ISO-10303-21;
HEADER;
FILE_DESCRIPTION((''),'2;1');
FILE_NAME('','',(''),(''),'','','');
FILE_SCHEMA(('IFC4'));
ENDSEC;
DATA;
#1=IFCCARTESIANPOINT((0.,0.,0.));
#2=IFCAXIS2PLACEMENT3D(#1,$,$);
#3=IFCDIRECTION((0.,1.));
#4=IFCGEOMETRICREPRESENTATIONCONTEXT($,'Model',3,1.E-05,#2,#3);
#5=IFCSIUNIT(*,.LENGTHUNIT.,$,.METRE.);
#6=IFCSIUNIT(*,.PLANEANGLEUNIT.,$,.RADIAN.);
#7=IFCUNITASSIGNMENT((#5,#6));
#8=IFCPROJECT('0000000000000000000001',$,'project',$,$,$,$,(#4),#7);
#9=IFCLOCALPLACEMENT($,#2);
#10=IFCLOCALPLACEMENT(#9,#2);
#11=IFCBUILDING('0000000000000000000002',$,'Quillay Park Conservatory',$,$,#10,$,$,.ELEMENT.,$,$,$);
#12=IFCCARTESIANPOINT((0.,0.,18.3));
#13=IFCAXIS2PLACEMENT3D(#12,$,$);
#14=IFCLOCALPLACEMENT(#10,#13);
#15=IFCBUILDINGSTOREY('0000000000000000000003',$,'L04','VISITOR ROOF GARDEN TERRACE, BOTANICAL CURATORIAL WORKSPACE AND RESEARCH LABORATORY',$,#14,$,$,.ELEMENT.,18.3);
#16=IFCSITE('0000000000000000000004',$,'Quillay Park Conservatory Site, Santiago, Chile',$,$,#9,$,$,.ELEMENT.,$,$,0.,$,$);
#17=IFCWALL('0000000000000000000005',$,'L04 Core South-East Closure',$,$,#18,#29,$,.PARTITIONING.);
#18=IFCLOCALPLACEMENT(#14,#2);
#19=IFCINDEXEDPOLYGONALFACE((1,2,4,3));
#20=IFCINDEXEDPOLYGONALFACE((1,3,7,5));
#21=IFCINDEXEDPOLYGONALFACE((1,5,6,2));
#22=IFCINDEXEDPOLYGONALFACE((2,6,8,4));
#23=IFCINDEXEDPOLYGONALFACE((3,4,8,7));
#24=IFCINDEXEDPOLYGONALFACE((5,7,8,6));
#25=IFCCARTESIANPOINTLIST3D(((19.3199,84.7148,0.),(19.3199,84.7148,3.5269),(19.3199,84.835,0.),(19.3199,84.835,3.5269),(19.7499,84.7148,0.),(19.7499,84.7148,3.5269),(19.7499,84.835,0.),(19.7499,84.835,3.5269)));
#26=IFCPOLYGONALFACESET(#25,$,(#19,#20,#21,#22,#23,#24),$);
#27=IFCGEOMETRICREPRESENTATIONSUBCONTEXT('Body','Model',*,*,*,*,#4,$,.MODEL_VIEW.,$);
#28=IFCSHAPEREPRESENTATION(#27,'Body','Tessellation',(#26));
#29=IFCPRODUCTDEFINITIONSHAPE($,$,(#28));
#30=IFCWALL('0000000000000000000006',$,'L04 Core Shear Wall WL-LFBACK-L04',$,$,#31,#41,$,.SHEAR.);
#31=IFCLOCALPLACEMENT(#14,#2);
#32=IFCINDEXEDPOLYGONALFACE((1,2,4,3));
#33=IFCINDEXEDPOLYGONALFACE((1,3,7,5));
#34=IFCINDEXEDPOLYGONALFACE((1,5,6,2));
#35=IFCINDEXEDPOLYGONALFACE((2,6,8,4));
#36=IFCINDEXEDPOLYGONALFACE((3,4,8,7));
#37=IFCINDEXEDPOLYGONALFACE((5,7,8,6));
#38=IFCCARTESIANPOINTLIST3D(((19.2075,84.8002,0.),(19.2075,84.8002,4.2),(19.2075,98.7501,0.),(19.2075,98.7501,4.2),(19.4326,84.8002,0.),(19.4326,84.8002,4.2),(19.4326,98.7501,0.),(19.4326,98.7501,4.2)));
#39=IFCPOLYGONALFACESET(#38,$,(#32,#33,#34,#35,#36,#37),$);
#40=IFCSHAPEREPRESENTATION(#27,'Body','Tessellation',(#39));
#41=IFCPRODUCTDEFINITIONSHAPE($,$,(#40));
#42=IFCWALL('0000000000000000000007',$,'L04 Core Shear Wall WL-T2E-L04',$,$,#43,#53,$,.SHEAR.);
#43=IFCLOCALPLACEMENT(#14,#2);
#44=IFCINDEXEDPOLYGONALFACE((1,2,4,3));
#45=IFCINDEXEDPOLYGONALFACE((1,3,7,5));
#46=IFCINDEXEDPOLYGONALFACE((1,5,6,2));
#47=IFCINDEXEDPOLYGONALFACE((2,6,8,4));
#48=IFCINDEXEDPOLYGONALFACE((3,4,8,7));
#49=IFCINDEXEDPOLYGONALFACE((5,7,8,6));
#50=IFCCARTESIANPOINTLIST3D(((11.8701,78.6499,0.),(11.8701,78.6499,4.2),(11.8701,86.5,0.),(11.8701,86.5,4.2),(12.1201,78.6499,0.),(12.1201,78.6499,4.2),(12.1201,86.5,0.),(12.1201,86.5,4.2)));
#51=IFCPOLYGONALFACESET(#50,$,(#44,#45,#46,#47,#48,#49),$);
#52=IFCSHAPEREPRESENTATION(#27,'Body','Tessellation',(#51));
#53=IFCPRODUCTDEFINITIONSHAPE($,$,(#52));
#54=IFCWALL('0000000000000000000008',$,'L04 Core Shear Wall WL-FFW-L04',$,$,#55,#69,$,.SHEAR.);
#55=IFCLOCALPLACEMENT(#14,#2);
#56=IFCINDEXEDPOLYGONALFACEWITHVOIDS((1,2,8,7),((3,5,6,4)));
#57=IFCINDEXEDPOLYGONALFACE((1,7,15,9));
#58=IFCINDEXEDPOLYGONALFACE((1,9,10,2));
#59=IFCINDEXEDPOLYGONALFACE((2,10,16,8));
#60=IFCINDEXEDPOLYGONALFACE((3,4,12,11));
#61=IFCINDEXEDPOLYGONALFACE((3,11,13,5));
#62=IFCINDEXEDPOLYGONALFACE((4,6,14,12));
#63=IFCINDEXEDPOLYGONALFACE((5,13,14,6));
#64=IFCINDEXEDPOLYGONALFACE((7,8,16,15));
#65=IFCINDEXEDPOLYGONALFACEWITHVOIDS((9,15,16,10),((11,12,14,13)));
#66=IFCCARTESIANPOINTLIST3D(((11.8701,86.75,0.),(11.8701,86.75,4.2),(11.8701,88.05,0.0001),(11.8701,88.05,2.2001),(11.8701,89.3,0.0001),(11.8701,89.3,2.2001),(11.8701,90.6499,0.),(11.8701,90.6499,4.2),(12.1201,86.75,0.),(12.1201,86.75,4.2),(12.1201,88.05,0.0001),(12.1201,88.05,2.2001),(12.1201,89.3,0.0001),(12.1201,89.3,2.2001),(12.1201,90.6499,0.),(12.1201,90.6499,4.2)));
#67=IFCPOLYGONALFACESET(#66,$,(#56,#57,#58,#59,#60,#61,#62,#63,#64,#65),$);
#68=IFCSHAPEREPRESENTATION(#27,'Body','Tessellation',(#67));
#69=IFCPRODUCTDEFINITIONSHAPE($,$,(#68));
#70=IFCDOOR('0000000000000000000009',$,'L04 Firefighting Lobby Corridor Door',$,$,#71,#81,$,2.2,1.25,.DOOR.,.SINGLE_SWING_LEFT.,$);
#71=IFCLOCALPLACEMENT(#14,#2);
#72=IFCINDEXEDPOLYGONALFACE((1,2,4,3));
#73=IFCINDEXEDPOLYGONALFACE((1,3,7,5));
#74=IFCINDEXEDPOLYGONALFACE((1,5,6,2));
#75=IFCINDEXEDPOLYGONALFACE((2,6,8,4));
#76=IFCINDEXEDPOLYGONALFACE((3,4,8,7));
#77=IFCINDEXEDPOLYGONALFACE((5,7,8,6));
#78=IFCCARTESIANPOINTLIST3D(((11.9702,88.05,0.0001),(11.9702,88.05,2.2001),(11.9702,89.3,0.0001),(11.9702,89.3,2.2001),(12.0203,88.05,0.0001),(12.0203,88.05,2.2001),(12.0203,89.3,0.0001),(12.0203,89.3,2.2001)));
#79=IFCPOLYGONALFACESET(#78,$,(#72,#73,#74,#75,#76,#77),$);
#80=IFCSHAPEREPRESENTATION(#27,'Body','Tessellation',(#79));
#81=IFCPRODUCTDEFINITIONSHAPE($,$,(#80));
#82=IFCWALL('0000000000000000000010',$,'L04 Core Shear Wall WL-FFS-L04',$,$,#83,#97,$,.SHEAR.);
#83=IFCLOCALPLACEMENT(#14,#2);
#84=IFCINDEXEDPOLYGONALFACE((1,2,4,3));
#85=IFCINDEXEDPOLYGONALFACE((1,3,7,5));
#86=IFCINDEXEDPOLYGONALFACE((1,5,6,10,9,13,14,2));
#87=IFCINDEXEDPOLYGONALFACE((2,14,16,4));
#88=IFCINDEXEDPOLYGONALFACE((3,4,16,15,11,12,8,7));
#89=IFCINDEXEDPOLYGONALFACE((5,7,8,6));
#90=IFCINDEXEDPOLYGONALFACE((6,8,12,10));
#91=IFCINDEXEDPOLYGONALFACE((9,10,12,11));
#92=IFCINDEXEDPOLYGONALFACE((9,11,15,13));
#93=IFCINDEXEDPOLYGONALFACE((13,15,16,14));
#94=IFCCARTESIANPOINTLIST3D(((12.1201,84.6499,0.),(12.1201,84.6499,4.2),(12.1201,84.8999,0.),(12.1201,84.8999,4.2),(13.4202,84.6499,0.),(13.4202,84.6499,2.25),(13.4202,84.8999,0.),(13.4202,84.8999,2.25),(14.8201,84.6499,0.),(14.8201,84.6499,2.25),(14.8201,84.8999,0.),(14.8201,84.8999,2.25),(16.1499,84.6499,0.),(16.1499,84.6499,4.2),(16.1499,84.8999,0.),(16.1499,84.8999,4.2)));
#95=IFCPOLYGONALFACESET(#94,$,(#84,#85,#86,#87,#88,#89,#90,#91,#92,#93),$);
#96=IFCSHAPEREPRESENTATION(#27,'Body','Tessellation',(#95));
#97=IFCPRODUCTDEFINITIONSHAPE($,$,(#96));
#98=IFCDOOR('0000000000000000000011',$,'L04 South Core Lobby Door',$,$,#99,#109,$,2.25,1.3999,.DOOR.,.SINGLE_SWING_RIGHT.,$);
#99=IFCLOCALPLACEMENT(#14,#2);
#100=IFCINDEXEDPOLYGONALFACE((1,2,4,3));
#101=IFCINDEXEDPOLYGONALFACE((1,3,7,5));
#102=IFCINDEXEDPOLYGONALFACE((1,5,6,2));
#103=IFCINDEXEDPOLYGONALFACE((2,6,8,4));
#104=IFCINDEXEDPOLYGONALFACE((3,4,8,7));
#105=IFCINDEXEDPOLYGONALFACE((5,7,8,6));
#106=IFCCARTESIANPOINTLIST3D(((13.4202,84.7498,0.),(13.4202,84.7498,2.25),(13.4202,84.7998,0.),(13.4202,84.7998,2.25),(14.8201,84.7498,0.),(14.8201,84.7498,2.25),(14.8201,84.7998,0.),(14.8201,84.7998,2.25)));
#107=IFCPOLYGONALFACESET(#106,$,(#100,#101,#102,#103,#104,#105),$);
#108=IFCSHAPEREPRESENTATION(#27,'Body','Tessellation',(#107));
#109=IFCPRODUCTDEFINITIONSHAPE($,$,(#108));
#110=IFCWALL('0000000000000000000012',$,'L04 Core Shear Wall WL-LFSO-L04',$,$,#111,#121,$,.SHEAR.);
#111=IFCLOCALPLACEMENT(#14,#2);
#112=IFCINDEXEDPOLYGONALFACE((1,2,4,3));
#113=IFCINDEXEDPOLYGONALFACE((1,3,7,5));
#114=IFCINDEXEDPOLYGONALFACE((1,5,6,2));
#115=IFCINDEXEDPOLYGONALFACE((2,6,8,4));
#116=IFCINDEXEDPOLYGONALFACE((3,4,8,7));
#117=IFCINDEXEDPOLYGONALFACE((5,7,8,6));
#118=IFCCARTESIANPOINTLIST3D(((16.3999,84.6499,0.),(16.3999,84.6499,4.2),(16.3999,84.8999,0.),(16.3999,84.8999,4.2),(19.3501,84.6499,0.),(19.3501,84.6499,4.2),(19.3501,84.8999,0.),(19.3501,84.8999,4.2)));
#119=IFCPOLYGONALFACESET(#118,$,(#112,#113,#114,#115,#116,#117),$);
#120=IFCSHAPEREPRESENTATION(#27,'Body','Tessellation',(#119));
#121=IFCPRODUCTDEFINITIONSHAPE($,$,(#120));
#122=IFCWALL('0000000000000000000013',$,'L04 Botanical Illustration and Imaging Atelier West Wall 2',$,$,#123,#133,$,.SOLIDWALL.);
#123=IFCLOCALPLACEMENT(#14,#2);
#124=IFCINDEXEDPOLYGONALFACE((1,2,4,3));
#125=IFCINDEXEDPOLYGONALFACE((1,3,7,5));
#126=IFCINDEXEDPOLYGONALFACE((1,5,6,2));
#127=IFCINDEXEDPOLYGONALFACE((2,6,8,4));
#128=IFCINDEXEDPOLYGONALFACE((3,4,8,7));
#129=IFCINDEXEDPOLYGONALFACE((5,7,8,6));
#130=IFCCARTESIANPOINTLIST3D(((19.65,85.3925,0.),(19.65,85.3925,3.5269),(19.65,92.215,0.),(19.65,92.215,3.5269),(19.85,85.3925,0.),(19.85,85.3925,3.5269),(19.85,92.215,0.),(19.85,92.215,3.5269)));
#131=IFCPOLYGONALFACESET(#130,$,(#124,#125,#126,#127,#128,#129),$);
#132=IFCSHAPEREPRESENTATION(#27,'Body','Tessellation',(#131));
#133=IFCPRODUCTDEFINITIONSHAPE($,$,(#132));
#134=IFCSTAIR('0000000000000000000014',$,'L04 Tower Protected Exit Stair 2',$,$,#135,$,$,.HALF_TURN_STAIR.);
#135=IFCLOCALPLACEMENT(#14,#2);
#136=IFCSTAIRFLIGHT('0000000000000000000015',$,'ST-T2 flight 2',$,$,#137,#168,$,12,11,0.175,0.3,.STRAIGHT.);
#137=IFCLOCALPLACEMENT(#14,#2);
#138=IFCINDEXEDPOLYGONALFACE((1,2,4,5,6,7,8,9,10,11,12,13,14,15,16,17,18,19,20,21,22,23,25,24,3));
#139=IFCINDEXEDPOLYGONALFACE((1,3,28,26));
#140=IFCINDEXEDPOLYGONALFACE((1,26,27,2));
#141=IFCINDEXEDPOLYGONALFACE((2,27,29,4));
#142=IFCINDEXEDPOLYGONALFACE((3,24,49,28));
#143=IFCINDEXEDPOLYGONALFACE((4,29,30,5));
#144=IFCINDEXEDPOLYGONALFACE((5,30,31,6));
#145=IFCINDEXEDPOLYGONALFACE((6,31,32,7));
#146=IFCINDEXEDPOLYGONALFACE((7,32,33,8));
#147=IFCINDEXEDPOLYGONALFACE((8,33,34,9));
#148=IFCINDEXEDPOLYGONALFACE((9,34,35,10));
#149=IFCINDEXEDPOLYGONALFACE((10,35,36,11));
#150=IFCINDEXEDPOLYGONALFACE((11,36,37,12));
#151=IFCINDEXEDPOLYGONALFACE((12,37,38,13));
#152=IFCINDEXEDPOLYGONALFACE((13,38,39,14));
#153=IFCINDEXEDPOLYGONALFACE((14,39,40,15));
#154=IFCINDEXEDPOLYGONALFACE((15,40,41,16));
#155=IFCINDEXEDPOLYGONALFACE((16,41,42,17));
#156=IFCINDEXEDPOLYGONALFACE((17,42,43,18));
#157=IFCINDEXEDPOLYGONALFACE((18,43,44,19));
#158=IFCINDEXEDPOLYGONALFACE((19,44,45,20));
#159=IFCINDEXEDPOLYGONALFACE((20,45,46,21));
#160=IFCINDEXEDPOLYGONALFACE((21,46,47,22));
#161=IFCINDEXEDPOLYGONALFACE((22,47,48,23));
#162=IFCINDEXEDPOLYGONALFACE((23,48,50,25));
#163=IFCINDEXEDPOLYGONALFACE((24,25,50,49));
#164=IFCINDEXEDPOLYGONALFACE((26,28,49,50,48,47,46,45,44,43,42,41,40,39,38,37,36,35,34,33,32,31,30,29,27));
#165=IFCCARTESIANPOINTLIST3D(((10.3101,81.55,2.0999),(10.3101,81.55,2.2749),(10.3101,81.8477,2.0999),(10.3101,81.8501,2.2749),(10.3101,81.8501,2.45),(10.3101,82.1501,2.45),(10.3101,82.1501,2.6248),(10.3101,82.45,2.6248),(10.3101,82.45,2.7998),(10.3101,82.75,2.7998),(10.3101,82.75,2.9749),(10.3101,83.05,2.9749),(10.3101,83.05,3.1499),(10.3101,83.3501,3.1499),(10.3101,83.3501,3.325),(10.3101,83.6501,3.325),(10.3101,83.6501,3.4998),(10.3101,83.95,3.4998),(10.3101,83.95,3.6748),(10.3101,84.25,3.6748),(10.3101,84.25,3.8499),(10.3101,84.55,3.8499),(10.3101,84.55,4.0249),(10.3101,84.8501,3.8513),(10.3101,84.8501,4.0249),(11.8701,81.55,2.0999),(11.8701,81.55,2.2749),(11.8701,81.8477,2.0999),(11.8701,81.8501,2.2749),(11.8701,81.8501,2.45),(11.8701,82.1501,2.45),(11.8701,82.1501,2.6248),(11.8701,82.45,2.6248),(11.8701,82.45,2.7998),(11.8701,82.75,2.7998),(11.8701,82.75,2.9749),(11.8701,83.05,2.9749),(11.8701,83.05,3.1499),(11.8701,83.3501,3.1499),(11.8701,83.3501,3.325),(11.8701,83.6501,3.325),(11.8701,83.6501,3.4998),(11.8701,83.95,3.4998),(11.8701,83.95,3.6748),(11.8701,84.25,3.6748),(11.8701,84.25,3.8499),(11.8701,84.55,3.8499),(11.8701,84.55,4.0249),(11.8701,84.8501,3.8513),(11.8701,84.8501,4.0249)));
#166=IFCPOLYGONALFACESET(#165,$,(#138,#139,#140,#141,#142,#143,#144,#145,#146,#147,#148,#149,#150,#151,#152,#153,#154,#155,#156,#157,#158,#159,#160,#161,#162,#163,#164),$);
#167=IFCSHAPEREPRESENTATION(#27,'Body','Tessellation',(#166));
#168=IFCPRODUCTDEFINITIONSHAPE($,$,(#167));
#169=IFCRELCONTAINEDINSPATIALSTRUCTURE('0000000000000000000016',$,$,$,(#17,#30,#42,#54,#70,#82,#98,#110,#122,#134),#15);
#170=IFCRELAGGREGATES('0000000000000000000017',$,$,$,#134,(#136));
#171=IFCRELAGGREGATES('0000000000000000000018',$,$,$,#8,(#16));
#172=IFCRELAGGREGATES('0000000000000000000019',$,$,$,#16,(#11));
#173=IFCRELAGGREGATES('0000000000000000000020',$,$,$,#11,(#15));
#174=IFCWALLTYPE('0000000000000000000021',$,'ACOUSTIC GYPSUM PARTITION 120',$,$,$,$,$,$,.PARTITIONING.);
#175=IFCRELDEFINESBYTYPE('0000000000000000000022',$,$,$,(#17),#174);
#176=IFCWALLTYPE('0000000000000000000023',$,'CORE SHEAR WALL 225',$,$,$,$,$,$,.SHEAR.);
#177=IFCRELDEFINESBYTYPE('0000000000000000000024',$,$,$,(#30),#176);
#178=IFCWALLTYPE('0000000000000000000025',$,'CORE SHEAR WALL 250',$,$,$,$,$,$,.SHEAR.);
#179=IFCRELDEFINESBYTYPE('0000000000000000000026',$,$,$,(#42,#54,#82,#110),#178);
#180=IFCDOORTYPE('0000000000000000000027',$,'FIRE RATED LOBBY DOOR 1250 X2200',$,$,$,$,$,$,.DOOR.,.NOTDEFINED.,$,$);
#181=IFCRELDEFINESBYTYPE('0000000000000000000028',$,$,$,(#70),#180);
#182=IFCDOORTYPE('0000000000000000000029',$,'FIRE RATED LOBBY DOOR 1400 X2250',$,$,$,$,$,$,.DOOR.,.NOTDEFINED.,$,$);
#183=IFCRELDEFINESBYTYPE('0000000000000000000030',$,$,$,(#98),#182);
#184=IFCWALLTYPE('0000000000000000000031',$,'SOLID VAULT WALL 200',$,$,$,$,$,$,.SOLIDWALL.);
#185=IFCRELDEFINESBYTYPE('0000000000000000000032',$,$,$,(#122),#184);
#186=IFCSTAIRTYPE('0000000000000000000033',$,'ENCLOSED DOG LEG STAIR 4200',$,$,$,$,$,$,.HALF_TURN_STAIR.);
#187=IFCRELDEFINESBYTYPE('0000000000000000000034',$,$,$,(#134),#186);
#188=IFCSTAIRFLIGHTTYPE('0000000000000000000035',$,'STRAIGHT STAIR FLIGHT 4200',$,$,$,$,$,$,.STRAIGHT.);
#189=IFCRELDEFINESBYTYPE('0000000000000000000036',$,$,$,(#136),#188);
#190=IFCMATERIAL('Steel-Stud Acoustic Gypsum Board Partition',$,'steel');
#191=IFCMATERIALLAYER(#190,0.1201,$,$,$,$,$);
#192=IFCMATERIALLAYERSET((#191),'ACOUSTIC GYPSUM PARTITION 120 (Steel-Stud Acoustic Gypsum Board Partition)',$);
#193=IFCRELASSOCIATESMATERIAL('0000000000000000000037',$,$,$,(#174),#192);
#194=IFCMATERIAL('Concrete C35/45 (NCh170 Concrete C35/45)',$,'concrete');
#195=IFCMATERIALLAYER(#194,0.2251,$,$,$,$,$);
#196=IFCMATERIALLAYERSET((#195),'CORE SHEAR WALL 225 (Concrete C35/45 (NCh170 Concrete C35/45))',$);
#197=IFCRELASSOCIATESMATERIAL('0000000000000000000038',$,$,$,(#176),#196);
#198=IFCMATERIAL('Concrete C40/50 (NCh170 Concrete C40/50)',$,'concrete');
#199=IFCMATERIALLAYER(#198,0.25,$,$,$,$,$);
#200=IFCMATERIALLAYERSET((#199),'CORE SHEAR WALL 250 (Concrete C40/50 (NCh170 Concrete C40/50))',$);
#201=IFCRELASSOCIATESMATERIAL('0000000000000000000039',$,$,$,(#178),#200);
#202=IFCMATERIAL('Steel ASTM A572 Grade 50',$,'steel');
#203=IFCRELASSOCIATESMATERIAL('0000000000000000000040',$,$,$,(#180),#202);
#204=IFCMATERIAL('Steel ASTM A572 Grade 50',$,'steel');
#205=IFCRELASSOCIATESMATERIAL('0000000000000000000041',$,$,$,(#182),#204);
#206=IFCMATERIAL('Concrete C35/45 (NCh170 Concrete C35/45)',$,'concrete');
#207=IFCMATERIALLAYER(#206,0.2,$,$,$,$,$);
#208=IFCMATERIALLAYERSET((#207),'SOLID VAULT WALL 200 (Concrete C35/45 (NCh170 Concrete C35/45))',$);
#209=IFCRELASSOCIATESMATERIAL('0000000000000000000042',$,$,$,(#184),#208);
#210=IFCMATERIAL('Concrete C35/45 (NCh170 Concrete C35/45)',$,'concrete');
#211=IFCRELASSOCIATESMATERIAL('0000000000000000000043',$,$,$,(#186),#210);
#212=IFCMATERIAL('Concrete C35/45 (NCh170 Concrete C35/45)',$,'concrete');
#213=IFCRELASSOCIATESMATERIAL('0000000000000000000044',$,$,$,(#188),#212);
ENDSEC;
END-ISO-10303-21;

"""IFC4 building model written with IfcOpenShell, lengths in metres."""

from ifc_helpers import new_model, si_unit, direction, frame, frame_2d, origin, place, context, subcontext, project, spatial, polyline, rectangle, outline, extrude, material, layer, layer_set, type_object, element, fill, aggregate, save


model = new_model("IFC4")

# Units and contexts
model_context = context("Model", 3, precision=1e-05, world=origin(), true_north=direction((0.0, 1.0)))
body_context = subcontext(model_context, "Body", "Model", "MODEL_VIEW")
ifc_project = project(units=[si_unit("LENGTHUNIT", "METRE"), si_unit("PLANEANGLEUNIT", "RADIAN")], contexts=[model_context])

# Site, building, storey
site_placement = place(None, origin())
site = spatial("IfcSite", under=ifc_project, at=site_placement, Name="Quillay Park Conservatory Site, Santiago, Chile", CompositionType="ELEMENT", RefElevation=0.0)
building_placement = place(site_placement, origin())
building = spatial("IfcBuilding", under=site, at=building_placement, Name="Quillay Park Conservatory", CompositionType="ELEMENT")
storey_placement = place(building_placement, frame((0.0, 0.0, 18.3)))
storey = spatial("IfcBuildingStorey", under=building, at=storey_placement, Name="L04", Description="VISITOR ROOF GARDEN TERRACE, BOTANICAL CURATORIAL WORKSPACE AND RESEARCH LABORATORY", CompositionType="ELEMENT", Elevation=18.3)

# Walls
ifc_material_1 = material(Name="Steel-Stud Acoustic Gypsum Board Partition", Category="steel")
ifc_layer_1 = layer(ifc_material_1, 0.1201)
ifc_layer_set_1 = layer_set([ifc_layer_1], Name="ACOUSTIC GYPSUM PARTITION 120 (Steel-Stud Acoustic Gypsum Board Partition)")
wall_type_1 = type_object("IfcWallType", Name="ACOUSTIC GYPSUM PARTITION 120", PredefinedType="PARTITIONING", material=ifc_layer_set_1)
wall_1_placement = place(storey_placement, frame((19.3201, 84.7749, 0.0), z_axis=(0.0, 0.0, 1.0), x_axis=(1.0, 0.0, 0.0)))
element("IfcWall", 1, at=wall_1_placement, inside=storey, type_object=wall_type_1, Name="L04 Core South-East Closure", PredefinedType="PARTITIONING", context=body_context, shape_type="SweptSolid", body=[
    extrude(rectangle(XDim=0.4299, YDim=0.1201, at=frame_2d((0.2148, 0.0))), origin(), (0.0, 0.0, 1.0), 3.5269),
])
ifc_material_2 = material(Name="Concrete C35/45 (NCh170 Concrete C35/45)", Category="concrete")
ifc_layer_2 = layer(ifc_material_2, 0.2251)
ifc_layer_set_2 = layer_set([ifc_layer_2], Name="CORE SHEAR WALL 225 (Concrete C35/45 (NCh170 Concrete C35/45))")
wall_type_2 = type_object("IfcWallType", Name="CORE SHEAR WALL 225", PredefinedType="SHEAR", material=ifc_layer_set_2)
wall_2_placement = place(storey_placement, frame((19.3201, 84.8, 0.0), z_axis=(0.0, 0.0, 1.0), x_axis=(0.0, 1.0, 0.0)))
element("IfcWall", 2, at=wall_2_placement, inside=storey, type_object=wall_type_2, Name="L04 Core Shear Wall WL-LFBACK-L04", PredefinedType="SHEAR", context=body_context, shape_type="SweptSolid", body=[
    extrude(rectangle(XDim=13.95, YDim=0.2251, at=frame_2d((6.9751, 0.0))), origin(), (0.0, 0.0, 1.0), 4.2),
])
ifc_material_3 = material(Name="Concrete C40/50 (NCh170 Concrete C40/50)", Category="concrete")
ifc_layer_3 = layer(ifc_material_3, 0.25)
ifc_layer_set_3 = layer_set([ifc_layer_3], Name="CORE SHEAR WALL 250 (Concrete C40/50 (NCh170 Concrete C40/50))")
wall_type_3 = type_object("IfcWallType", Name="CORE SHEAR WALL 250", PredefinedType="SHEAR", material=ifc_layer_set_3)
wall_3_placement = place(storey_placement, frame((11.9951, 78.6499, 0.0), z_axis=(0.0, 0.0, 1.0), x_axis=(0.0, 1.0, 0.0)))
element("IfcWall", 3, at=wall_3_placement, inside=storey, type_object=wall_type_3, Name="L04 Core Shear Wall WL-T2E-L04", PredefinedType="SHEAR", context=body_context, shape_type="SweptSolid", body=[
    extrude(rectangle(XDim=7.8501, YDim=0.25, at=frame_2d((3.925, 0.0))), origin(), (0.0, 0.0, 1.0), 4.2),
])

# Walls, openings, doors
wall_4_placement = place(storey_placement, frame((11.9951, 86.75, 0.0), z_axis=(0.0, 0.0, 1.0), x_axis=(0.0, 1.0, 0.0)))
wall_4 = element("IfcWall", 4, at=wall_4_placement, inside=storey, type_object=wall_type_3, Name="L04 Core Shear Wall WL-FFW-L04", PredefinedType="SHEAR", context=body_context, shape_type="SweptSolid", body=[
    extrude(rectangle(XDim=3.8999, YDim=0.25, at=frame_2d((1.95, 0.0))), origin(), (0.0, 0.0, 1.0), 4.2),
])
opening_1_placement = place(wall_4_placement, frame((1.3, 0.0, 0.0)))
opening_1 = element("IfcOpeningElement", 5, at=opening_1_placement, cuts=wall_4, PredefinedType="OPENING", context=body_context, shape_type="SweptSolid", body=[
    extrude(rectangle(XDim=1.25, YDim=2.2, at=frame_2d((0.625, 1.1001))), frame((0.0, 0.125, 0.0), z_axis=(0.0, -1.0, 0.0), x_axis=(1.0, 0.0, 0.0)), (0.0, 0.0, 1.0), 0.25),
])
ifc_material_4 = material(Name="Steel ASTM A572 Grade 50", Category="steel")
door_type_1 = type_object("IfcDoorType", Name="FIRE RATED LOBBY DOOR 1250 X2200", OperationType="NOTDEFINED", PredefinedType="DOOR", material=ifc_material_4)
door_1_placement = place(opening_1_placement, origin())
door_1 = element("IfcDoor", 6, at=door_1_placement, inside=storey, type_object=door_type_1, Name="L04 Firefighting Lobby Corridor Door", OperationType="SINGLE_SWING_LEFT", OverallHeight=2.2, OverallWidth=1.25, PredefinedType="DOOR", context=body_context, shape_type="SweptSolid", body=[
    extrude(rectangle(XDim=1.25, YDim=2.2, at=frame_2d((0.625, 1.1001))), frame((0.0, 0.0249, 0.0), z_axis=(0.0, -1.0, 0.0), x_axis=(1.0, 0.0, 0.0)), (0.0, 0.0, 1.0), 0.05),
])
fill(opening_1, door_1)
wall_5_placement = place(storey_placement, frame((12.1201, 84.7749, 0.0), z_axis=(0.0, 0.0, 1.0), x_axis=(1.0, 0.0, 0.0)))
wall_5 = element("IfcWall", 7, at=wall_5_placement, inside=storey, type_object=wall_type_3, Name="L04 Core Shear Wall WL-FFS-L04", PredefinedType="SHEAR", context=body_context, shape_type="SweptSolid", body=[
    extrude(rectangle(XDim=4.0298, YDim=0.25, at=frame_2d((2.0149, 0.0))), origin(), (0.0, 0.0, 1.0), 4.2),
])
opening_2_placement = place(wall_5_placement, frame((1.3, 0.0, 0.0)))
opening_2 = element("IfcOpeningElement", 8, at=opening_2_placement, cuts=wall_5, PredefinedType="OPENING", context=body_context, shape_type="SweptSolid", body=[
    extrude(rectangle(XDim=1.3999, YDim=2.25, at=frame_2d((0.7, 1.125))), frame((0.0, 0.125, 0.0), z_axis=(0.0, -1.0, 0.0), x_axis=(1.0, 0.0, 0.0)), (0.0, 0.0, 1.0), 0.25),
])
ifc_material_5 = material(Name="Steel ASTM A572 Grade 50", Category="steel")
door_type_2 = type_object("IfcDoorType", Name="FIRE RATED LOBBY DOOR 1400 X2250", OperationType="NOTDEFINED", PredefinedType="DOOR", material=ifc_material_5)
door_2_placement = place(opening_2_placement, origin())
door_2 = element("IfcDoor", 9, at=door_2_placement, inside=storey, type_object=door_type_2, Name="L04 South Core Lobby Door", OperationType="SINGLE_SWING_RIGHT", OverallHeight=2.25, OverallWidth=1.3999, PredefinedType="DOOR", context=body_context, shape_type="SweptSolid", body=[
    extrude(rectangle(XDim=1.3999, YDim=2.25, at=frame_2d((0.7, 1.125))), frame((0.0, 0.0249, 0.0), z_axis=(0.0, -1.0, 0.0), x_axis=(1.0, 0.0, 0.0)), (0.0, 0.0, 1.0), 0.05),
])
fill(opening_2, door_2)

# Wall
wall_6_placement = place(storey_placement, frame((16.3999, 84.7749, 0.0), z_axis=(0.0, 0.0, 1.0), x_axis=(1.0, 0.0, 0.0)))
element("IfcWall", 10, at=wall_6_placement, inside=storey, type_object=wall_type_3, Name="L04 Core Shear Wall WL-LFSO-L04", PredefinedType="SHEAR", context=body_context, shape_type="SweptSolid", body=[
    extrude(rectangle(XDim=2.9502, YDim=0.25, at=frame_2d((1.4751, 0.0))), origin(), (0.0, 0.0, 1.0), 4.2),
])

# Wall
ifc_material_6 = material(Name="Concrete C35/45 (NCh170 Concrete C35/45)", Category="concrete")
ifc_layer_4 = layer(ifc_material_6, 0.2)
ifc_layer_set_4 = layer_set([ifc_layer_4], Name="SOLID VAULT WALL 200 (Concrete C35/45 (NCh170 Concrete C35/45))")
wall_type_4 = type_object("IfcWallType", Name="SOLID VAULT WALL 200", PredefinedType="SOLIDWALL", material=ifc_layer_set_4)
wall_7_placement = place(storey_placement, frame((19.75, 85.3926, 0.0), z_axis=(0.0, 0.0, 1.0), x_axis=(0.0, 1.0, 0.0)))
element("IfcWall", 11, at=wall_7_placement, inside=storey, type_object=wall_type_4, Name="L04 Botanical Illustration and Imaging Atelier West Wall 2", PredefinedType="SOLIDWALL", context=body_context, shape_type="SweptSolid", body=[
    extrude(rectangle(XDim=6.8225, YDim=0.2, at=frame_2d((3.4111, 0.0))), origin(), (0.0, 0.0, 1.0), 3.5269),
])

# Stair, stair flight
ifc_material_7 = material(Name="Concrete C35/45 (NCh170 Concrete C35/45)", Category="concrete")
stair_type = type_object("IfcStairType", Name="ENCLOSED DOG LEG STAIR 4200", PredefinedType="HALF_TURN_STAIR", material=ifc_material_7)
stair_placement = place(storey_placement, origin())
stair = element("IfcStair", 12, at=stair_placement, inside=storey, type_object=stair_type, Name="L04 Tower Protected Exit Stair 2", PredefinedType="HALF_TURN_STAIR")
ifc_material_8 = material(Name="Concrete C35/45 (NCh170 Concrete C35/45)", Category="concrete")
stair_flight_type = type_object("IfcStairFlightType", Name="STRAIGHT STAIR FLIGHT 4200", PredefinedType="STRAIGHT", material=ifc_material_8)
stair_flight_placement = place(storey_placement, frame((11.0901, 81.55, 2.0999), z_axis=(0.0, 0.0, 1.0), x_axis=(0.0, 1.0, 0.0)))
stair_flight = element("IfcStairFlight", 13, at=stair_flight_placement, type_object=stair_flight_type, Name="ST-T2 flight 2", NumberOfRisers=12, NumberOfTreads=11, PredefinedType="STRAIGHT", RiserHeight=0.175, TreadLength=0.3, context=body_context, shape_type="SweptSolid", body=[
    extrude(outline(polyline([(0.0, 0.0), (0.0, 0.175), (0.3, 0.175), (0.3, 0.3501), (0.6001, 0.3501), (0.6001, 0.5249), (0.8999, 0.5249), (0.8999, 0.7), (1.2, 0.7), (1.2, 0.875), (1.5, 0.875), (1.5, 1.05), (1.8, 1.05), (1.8, 1.2251), (2.1001, 1.2251), (2.1001, 1.3999), (2.3999, 1.3999), (2.3999, 1.575), (2.7, 1.575), (2.7, 1.75), (3.0, 1.75), (3.0, 1.925), (3.3, 1.925), (3.3, 2.1001), (3.3, 1.7515), (0.2976, 0.0), (0.0, 0.0)])), frame((0.0, 0.78, 0.0), z_axis=(0.0, -1.0, 0.0), x_axis=(1.0, 0.0, 0.0)), (0.0, 0.0, 1.0), 1.5601),
])
aggregate(stair, [stair_flight])

save(model, "model.ifc")
